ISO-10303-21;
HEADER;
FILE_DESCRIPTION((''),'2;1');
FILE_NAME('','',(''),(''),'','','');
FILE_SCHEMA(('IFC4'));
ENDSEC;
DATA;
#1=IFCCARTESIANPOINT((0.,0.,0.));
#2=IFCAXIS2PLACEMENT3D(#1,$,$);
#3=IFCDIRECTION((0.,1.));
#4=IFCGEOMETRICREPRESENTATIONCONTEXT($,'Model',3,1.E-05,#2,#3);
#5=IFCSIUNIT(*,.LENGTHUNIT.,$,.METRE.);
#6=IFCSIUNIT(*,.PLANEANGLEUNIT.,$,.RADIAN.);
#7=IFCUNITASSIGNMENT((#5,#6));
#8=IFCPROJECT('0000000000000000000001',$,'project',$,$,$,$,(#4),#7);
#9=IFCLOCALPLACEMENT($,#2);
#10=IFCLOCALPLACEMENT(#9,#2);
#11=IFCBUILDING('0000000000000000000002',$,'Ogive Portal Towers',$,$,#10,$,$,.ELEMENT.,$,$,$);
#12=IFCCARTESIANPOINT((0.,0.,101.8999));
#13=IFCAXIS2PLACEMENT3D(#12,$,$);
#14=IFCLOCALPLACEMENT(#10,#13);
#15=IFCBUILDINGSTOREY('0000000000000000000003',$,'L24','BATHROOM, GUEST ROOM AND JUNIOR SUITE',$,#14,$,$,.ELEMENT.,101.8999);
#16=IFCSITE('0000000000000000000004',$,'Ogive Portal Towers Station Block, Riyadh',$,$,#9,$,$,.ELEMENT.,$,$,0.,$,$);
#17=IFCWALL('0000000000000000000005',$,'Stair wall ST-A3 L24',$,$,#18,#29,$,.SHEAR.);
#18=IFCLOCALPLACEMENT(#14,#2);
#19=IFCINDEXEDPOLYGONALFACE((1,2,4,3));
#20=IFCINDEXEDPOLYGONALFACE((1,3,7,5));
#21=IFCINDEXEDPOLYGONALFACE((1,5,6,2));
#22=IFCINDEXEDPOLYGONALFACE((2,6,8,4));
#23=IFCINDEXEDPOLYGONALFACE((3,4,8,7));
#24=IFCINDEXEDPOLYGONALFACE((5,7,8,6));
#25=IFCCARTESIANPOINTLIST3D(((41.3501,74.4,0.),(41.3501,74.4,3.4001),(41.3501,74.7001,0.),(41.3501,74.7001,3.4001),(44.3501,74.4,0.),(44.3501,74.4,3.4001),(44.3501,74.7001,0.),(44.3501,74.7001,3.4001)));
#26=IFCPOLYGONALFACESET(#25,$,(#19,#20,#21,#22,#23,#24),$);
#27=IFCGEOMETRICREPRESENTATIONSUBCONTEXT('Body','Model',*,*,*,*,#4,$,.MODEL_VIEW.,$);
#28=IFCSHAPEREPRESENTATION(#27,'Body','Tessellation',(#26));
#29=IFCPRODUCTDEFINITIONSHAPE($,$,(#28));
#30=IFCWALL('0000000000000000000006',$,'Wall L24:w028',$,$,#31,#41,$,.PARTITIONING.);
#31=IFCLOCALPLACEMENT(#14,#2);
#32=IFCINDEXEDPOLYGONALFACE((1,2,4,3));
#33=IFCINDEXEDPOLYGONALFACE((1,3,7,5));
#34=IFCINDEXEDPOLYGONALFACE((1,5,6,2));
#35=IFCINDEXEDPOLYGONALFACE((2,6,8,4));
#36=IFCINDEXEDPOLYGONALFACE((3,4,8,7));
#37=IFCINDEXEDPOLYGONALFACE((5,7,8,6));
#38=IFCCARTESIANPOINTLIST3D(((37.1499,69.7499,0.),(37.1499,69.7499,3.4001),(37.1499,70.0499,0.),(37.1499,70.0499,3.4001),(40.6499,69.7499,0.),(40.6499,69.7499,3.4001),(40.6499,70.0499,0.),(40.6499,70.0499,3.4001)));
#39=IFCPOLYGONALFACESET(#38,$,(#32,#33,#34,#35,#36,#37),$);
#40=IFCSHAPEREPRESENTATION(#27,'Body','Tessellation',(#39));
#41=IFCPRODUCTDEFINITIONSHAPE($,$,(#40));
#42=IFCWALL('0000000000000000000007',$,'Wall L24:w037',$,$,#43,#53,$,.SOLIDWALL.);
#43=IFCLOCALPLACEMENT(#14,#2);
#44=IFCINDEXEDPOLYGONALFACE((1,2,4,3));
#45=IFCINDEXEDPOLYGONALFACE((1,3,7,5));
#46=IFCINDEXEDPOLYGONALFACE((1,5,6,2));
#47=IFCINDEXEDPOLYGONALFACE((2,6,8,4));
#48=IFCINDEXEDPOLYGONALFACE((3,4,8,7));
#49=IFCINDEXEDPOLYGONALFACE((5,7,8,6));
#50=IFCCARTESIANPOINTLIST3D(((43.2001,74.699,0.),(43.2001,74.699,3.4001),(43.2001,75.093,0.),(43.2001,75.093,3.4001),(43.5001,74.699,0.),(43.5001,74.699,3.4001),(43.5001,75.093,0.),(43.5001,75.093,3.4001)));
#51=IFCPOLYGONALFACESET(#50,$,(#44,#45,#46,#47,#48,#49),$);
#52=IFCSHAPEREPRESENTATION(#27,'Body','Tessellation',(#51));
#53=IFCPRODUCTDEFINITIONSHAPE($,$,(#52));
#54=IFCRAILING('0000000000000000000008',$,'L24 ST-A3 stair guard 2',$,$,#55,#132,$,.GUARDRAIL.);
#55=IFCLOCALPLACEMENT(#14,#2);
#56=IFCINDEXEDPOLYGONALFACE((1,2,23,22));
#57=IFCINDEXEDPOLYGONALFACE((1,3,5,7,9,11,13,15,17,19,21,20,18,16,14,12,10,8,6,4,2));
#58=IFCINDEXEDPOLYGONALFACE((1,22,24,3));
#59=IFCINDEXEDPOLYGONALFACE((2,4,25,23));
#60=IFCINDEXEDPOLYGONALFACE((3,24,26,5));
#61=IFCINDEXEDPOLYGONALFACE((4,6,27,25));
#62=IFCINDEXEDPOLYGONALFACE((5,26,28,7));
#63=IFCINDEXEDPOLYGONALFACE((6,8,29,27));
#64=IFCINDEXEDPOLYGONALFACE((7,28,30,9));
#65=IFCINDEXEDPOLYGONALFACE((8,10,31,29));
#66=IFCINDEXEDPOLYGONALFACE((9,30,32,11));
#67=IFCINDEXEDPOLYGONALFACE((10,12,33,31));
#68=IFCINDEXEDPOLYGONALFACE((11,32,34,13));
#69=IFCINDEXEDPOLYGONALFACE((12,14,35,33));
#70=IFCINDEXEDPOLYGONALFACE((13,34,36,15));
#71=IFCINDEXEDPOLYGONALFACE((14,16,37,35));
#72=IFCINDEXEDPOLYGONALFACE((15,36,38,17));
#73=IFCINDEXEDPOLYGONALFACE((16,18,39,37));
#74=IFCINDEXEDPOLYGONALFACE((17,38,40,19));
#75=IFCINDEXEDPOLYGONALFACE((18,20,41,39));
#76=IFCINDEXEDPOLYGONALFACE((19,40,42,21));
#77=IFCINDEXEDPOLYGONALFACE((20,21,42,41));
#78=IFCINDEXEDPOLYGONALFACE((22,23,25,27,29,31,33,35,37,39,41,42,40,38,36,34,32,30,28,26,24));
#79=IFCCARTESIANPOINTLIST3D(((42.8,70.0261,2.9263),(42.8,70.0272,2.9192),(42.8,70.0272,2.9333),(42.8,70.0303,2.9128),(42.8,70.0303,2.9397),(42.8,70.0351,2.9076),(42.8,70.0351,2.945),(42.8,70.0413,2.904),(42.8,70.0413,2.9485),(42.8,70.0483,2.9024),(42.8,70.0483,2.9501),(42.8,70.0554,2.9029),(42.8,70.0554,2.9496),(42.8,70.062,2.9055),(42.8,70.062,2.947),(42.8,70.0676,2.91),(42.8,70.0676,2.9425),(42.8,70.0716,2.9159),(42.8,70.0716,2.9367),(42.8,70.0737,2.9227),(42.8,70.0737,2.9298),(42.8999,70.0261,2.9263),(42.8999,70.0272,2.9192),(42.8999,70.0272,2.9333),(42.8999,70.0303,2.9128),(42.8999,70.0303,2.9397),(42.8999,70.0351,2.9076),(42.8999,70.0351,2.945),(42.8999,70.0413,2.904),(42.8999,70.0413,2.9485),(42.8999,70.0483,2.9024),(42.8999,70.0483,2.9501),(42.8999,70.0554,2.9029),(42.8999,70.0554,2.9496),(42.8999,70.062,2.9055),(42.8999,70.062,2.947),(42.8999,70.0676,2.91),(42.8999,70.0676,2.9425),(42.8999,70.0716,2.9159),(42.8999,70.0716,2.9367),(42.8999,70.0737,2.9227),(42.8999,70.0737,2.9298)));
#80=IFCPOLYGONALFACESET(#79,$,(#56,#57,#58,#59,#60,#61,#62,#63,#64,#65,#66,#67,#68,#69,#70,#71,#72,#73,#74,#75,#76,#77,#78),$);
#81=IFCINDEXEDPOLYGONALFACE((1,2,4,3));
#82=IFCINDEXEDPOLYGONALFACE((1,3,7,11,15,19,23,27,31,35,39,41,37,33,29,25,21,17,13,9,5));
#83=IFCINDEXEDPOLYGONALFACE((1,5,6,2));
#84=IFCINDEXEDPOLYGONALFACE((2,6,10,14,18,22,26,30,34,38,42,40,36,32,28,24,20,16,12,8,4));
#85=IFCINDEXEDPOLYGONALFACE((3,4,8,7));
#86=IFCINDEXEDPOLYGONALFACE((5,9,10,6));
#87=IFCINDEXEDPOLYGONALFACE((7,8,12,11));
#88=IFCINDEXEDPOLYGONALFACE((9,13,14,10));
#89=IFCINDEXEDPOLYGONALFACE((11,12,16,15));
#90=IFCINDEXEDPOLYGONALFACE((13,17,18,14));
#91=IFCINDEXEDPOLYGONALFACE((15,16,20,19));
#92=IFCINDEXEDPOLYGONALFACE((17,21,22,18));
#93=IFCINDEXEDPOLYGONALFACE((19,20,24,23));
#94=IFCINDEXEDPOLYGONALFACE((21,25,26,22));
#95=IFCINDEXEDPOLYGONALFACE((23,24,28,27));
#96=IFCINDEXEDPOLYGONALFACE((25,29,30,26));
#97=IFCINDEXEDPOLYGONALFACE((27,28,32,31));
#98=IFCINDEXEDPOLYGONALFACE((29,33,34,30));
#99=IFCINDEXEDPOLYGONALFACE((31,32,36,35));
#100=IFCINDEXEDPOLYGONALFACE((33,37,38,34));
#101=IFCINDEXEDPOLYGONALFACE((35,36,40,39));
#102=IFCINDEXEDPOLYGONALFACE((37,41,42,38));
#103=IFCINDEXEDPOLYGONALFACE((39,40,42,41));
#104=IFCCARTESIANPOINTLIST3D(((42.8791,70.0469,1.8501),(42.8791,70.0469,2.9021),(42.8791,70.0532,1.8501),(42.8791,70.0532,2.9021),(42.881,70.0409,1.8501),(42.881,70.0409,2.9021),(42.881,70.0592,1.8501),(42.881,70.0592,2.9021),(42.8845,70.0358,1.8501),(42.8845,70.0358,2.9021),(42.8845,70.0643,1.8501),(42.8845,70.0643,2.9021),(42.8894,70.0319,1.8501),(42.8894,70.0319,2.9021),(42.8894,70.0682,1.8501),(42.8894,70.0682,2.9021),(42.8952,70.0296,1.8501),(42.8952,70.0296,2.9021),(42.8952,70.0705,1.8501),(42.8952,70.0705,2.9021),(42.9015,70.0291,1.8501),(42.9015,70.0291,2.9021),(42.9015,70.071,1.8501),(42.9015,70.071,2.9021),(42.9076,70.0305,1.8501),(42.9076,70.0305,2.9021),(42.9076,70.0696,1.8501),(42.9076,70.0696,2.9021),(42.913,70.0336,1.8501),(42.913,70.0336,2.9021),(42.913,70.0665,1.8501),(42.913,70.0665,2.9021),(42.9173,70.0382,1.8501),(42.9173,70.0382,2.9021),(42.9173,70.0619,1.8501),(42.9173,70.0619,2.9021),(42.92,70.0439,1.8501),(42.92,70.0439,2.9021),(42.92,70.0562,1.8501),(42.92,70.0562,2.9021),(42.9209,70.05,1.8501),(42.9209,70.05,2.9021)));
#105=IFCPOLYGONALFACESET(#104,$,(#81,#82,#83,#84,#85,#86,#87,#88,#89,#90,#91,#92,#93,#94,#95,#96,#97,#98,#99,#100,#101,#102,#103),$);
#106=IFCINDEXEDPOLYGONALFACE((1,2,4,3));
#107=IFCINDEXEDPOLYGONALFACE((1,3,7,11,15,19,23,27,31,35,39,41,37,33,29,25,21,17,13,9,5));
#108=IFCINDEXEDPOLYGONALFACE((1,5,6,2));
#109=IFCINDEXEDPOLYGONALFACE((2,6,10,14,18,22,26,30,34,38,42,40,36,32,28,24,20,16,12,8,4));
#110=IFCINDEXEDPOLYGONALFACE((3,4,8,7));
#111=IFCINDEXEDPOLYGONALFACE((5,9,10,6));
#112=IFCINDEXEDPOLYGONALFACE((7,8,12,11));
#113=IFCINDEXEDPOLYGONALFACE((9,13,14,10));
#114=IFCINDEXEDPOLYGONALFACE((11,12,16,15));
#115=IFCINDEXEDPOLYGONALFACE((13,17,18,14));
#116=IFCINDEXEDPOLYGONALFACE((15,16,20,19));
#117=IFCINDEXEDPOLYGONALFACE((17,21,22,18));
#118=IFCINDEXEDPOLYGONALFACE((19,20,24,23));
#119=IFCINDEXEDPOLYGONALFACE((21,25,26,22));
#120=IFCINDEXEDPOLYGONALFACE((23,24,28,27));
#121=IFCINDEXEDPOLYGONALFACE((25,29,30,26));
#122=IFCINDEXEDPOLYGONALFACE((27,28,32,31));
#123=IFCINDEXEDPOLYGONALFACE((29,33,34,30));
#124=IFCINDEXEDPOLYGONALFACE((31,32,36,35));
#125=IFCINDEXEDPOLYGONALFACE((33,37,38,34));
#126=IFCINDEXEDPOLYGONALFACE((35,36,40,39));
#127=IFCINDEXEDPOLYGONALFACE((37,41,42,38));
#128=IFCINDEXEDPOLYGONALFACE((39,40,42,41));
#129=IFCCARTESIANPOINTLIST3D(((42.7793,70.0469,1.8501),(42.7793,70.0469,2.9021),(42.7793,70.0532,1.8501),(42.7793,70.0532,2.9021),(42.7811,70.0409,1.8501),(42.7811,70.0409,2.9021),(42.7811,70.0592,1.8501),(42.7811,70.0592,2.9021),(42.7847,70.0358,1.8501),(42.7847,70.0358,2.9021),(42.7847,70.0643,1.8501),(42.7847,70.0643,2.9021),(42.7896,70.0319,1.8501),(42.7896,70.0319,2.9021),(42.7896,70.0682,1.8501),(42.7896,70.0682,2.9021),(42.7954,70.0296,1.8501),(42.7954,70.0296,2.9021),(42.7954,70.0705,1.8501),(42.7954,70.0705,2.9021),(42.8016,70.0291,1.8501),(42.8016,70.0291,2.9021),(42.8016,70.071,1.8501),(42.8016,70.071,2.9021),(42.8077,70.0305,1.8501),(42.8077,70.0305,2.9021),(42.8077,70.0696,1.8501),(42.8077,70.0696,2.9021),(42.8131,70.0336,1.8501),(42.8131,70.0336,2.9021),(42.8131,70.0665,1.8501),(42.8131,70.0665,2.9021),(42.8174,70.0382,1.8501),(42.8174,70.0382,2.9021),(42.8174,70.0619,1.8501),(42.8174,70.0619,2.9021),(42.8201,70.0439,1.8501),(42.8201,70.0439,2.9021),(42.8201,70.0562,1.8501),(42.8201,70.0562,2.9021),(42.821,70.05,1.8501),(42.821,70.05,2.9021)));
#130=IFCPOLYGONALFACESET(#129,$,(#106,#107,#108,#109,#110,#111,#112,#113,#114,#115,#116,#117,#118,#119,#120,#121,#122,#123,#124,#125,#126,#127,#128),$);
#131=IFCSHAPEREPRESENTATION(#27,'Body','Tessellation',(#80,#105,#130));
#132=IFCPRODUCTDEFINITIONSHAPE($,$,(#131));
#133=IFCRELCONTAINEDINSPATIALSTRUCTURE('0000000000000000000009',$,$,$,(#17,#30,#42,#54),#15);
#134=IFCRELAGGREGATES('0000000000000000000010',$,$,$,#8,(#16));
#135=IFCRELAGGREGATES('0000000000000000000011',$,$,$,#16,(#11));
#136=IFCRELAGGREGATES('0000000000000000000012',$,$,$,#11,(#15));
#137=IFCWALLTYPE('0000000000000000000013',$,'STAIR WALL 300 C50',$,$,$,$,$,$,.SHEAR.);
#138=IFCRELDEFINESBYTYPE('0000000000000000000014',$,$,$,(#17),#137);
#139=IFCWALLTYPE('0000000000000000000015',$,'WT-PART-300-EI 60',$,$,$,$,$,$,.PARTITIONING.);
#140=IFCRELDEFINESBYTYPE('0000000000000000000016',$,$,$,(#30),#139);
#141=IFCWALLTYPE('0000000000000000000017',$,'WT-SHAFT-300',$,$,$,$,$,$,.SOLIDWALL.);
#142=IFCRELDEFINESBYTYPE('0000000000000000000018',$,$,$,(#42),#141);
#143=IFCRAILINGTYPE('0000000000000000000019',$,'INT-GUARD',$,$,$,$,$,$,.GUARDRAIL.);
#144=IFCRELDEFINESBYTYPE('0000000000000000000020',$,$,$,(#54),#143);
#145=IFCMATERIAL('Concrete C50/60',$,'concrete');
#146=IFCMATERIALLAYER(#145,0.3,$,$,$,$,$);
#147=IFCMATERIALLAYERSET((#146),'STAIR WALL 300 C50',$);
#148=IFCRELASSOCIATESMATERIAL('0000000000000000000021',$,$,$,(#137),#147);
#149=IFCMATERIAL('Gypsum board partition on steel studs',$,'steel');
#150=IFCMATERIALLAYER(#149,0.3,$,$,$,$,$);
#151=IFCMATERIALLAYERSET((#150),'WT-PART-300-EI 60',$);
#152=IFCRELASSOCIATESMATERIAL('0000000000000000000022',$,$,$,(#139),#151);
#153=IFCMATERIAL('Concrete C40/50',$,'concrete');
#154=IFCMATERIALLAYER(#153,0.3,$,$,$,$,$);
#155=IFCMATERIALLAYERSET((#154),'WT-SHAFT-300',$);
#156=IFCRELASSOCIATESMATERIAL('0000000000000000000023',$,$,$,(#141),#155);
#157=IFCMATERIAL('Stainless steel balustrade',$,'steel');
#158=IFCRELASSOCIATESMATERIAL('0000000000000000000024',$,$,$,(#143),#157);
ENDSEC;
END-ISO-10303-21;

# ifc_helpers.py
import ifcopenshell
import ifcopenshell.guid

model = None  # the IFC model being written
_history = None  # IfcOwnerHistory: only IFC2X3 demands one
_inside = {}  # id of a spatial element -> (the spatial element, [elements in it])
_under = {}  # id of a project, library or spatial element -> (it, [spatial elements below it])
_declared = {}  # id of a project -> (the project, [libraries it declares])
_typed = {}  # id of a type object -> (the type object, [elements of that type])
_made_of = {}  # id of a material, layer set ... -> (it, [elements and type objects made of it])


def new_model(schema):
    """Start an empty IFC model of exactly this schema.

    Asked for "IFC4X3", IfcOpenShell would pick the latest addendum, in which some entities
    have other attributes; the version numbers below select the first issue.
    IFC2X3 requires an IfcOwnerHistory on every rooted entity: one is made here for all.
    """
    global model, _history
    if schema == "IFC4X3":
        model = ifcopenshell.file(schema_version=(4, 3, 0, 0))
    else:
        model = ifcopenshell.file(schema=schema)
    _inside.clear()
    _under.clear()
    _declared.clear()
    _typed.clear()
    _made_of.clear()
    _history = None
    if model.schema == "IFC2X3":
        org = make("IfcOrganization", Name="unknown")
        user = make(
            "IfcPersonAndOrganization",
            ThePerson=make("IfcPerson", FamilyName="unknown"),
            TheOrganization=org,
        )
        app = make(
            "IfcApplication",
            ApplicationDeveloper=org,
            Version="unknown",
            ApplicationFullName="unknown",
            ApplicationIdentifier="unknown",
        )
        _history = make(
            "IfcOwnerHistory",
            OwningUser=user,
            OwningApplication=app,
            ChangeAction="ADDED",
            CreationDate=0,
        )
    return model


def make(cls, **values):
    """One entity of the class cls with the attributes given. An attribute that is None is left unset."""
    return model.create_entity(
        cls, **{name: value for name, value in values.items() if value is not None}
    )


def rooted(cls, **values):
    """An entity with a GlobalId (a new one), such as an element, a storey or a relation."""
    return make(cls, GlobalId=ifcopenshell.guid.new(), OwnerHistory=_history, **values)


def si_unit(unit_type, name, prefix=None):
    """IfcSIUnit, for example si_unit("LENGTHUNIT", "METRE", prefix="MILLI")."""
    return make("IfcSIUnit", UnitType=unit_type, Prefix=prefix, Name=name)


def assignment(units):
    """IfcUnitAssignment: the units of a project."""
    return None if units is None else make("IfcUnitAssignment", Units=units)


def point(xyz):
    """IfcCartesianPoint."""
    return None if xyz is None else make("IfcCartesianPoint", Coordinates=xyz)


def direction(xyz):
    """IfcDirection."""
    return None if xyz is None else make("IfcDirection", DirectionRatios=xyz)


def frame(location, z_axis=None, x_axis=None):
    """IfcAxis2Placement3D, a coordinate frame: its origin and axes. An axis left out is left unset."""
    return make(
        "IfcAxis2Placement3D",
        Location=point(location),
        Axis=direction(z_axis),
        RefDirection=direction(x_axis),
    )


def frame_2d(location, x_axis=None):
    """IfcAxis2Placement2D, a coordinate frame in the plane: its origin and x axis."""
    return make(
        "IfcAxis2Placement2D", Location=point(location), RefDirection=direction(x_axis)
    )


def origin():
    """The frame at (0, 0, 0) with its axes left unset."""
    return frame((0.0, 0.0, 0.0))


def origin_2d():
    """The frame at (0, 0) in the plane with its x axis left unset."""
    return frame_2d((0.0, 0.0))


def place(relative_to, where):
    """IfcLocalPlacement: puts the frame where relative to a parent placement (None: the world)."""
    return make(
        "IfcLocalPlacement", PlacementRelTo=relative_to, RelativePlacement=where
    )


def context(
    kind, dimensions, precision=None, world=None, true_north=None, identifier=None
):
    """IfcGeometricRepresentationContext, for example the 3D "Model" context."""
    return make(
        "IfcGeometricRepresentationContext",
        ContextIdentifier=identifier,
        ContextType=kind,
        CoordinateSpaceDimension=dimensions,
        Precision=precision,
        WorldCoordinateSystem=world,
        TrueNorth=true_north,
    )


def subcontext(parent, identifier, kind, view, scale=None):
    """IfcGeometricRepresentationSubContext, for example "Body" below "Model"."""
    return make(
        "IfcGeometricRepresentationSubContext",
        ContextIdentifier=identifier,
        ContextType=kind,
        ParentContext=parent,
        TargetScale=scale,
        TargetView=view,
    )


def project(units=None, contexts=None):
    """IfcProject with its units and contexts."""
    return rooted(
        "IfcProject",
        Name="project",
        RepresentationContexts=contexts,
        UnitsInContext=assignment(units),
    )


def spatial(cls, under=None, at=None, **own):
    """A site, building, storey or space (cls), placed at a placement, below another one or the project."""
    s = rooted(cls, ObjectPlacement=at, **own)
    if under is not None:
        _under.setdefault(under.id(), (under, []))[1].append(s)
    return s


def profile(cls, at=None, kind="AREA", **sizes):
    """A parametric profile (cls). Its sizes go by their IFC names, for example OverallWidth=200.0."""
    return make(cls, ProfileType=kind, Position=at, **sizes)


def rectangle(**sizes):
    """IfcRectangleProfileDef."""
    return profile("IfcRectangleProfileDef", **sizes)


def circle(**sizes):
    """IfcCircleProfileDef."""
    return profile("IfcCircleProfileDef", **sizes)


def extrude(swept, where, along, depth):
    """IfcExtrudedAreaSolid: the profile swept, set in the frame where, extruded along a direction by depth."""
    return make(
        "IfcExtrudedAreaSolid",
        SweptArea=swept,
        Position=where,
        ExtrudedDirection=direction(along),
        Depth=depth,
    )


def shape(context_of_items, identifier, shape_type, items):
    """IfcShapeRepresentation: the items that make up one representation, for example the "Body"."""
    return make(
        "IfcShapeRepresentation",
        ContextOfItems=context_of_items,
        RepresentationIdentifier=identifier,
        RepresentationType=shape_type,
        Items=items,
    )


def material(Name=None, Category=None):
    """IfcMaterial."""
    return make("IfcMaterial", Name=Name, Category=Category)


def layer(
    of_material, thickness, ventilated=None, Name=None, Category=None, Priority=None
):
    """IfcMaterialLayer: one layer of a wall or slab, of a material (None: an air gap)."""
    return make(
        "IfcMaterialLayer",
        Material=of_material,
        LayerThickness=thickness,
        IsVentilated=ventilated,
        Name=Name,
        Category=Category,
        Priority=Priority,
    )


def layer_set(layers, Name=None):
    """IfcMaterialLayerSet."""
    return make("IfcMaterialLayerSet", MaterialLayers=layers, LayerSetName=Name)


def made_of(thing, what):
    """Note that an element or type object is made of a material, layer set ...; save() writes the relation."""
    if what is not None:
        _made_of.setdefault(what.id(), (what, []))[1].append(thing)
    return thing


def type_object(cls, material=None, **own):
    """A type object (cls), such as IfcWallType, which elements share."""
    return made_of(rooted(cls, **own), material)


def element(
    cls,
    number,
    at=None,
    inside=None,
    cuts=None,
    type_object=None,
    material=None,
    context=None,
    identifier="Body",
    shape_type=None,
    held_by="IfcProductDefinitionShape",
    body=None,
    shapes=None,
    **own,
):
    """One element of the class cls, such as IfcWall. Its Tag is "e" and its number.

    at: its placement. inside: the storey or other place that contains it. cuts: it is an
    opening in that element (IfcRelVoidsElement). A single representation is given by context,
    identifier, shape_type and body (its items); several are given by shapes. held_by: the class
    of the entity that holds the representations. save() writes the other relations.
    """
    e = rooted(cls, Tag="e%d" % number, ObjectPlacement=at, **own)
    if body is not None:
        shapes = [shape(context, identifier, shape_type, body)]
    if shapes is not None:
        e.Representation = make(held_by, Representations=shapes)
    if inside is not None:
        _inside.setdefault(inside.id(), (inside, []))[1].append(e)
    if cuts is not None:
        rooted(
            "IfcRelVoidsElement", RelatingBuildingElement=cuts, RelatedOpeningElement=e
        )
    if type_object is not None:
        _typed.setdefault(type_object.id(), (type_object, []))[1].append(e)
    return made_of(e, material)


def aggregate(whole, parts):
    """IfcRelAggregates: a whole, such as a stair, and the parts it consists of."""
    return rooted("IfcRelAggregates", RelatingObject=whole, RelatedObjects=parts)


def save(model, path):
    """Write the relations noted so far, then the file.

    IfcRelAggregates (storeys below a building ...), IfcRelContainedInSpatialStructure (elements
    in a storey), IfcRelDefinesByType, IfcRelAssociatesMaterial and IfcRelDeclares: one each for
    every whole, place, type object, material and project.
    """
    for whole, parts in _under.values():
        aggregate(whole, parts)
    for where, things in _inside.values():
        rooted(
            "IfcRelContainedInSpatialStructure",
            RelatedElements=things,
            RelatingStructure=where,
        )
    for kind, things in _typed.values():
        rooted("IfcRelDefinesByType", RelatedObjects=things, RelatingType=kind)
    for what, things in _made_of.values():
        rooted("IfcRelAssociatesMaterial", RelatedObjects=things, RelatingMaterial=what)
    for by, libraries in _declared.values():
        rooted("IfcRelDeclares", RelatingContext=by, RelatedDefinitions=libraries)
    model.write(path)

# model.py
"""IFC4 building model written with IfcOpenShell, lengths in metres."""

from ifc_helpers import new_model, si_unit, direction, frame, frame_2d, origin, origin_2d, place, context, subcontext, project, spatial, rectangle, circle, extrude, material, layer, layer_set, type_object, element, save


model = new_model("IFC4")

# Units and contexts
model_context = context("Model", 3, precision=1e-05, world=origin(), true_north=direction((0.0, 1.0)))
body_context = subcontext(model_context, "Body", "Model", "MODEL_VIEW")
ifc_project = project(units=[si_unit("LENGTHUNIT", "METRE"), si_unit("PLANEANGLEUNIT", "RADIAN")], contexts=[model_context])

# Site, building, storey
site_placement = place(None, origin())
site = spatial("IfcSite", under=ifc_project, at=site_placement, Name="Ogive Portal Towers Station Block, Riyadh", CompositionType="ELEMENT", RefElevation=0.0)
building_placement = place(site_placement, origin())
building = spatial("IfcBuilding", under=site, at=building_placement, Name="Ogive Portal Towers", CompositionType="ELEMENT")
storey_placement = place(building_placement, frame((0.0, 0.0, 101.8999)))
storey = spatial("IfcBuildingStorey", under=building, at=storey_placement, Name="L24", Description="BATHROOM, GUEST ROOM AND JUNIOR SUITE", CompositionType="ELEMENT", Elevation=101.8999)

# Shared definitions
ifc_material_1 = material(Name="Concrete C40/50", Category="concrete")

# Walls
ifc_material_2 = material(Name="Concrete C50/60", Category="concrete")
ifc_layer_1 = layer(ifc_material_2, 0.3)
ifc_layer_set_1 = layer_set([ifc_layer_1], Name="STAIR WALL 300 C50")
wall_type_1 = type_object("IfcWallType", Name="STAIR WALL 300 C50", PredefinedType="SHEAR", material=ifc_layer_set_1)
wall_1_placement = place(storey_placement, frame((41.3501, 74.55, 0.0), z_axis=(0.0, 0.0, 1.0), x_axis=(1.0, 0.0, 0.0)))
element("IfcWall", 1, at=wall_1_placement, inside=storey, type_object=wall_type_1, Name="Stair wall ST-A3 L24", PredefinedType="SHEAR", context=body_context, shape_type="SweptSolid", body=[
    extrude(rectangle(XDim=3.0, YDim=0.3, at=frame_2d((1.5, 0.0))), origin(), (0.0, 0.0, 1.0), 3.4001),
])
ifc_material_3 = material(Name="Gypsum board partition on steel studs", Category="steel")
ifc_layer_2 = layer(ifc_material_3, 0.3)
ifc_layer_set_2 = layer_set([ifc_layer_2], Name="WT-PART-300-EI 60")
wall_type_2 = type_object("IfcWallType", Name="WT-PART-300-EI 60", PredefinedType="PARTITIONING", material=ifc_layer_set_2)
wall_2_placement = place(storey_placement, frame((37.1499, 69.8999, 0.0), z_axis=(0.0, 0.0, 1.0), x_axis=(1.0, 0.0, 0.0)))
element("IfcWall", 2, at=wall_2_placement, inside=storey, type_object=wall_type_2, Name="Wall L24:w028", PredefinedType="PARTITIONING", context=body_context, shape_type="SweptSolid", body=[
    extrude(rectangle(XDim=3.5, YDim=0.3, at=frame_2d((1.75, 0.0))), origin(), (0.0, 0.0, 1.0), 3.4001),
])
ifc_layer_3 = layer(ifc_material_1, 0.3)
ifc_layer_set_3 = layer_set([ifc_layer_3], Name="WT-SHAFT-300")
wall_type_3 = type_object("IfcWallType", Name="WT-SHAFT-300", PredefinedType="SOLIDWALL", material=ifc_layer_set_3)
wall_3_placement = place(storey_placement, frame((43.3501, 74.699, 0.0), z_axis=(0.0, 0.0, 1.0), x_axis=(0.0, 1.0, 0.0)))
element("IfcWall", 3, at=wall_3_placement, inside=storey, type_object=wall_type_3, Name="Wall L24:w037", PredefinedType="SOLIDWALL", context=body_context, shape_type="SweptSolid", body=[
    extrude(rectangle(XDim=0.394, YDim=0.3, at=frame_2d((0.197, 0.0))), origin(), (0.0, 0.0, 1.0), 3.4001),
])

# Railing
ifc_material_4 = material(Name="Stainless steel balustrade", Category="steel")
railing_type_1 = type_object("IfcRailingType", Name="INT-GUARD", PredefinedType="GUARDRAIL", material=ifc_material_4)
railing_1_placement = place(storey_placement, frame((42.8999, 70.05, 1.8501)))
element("IfcRailing", 4, at=railing_1_placement, inside=storey, type_object=railing_type_1, Name="L24 ST-A3 stair guard 2", PredefinedType="GUARDRAIL", context=body_context, shape_type="SweptSolid", body=[
    extrude(circle(Radius=0.0239, at=origin_2d()), frame((0.0, 0.0, 1.0762), z_axis=(-1.0, 0.0, 0.0), x_axis=(0.0, -1.0, 0.0)), (0.0, 0.0, 1.0), 0.0999),
    extrude(circle(Radius=0.021, at=origin_2d()), origin(), (0.0, 0.0, 1.0), 1.052),
    extrude(circle(Radius=0.021, at=origin_2d()), frame((-0.0999, 0.0, 0.0)), (0.0, 0.0, 1.0), 1.052),
])

save(model, "model.ifc")
